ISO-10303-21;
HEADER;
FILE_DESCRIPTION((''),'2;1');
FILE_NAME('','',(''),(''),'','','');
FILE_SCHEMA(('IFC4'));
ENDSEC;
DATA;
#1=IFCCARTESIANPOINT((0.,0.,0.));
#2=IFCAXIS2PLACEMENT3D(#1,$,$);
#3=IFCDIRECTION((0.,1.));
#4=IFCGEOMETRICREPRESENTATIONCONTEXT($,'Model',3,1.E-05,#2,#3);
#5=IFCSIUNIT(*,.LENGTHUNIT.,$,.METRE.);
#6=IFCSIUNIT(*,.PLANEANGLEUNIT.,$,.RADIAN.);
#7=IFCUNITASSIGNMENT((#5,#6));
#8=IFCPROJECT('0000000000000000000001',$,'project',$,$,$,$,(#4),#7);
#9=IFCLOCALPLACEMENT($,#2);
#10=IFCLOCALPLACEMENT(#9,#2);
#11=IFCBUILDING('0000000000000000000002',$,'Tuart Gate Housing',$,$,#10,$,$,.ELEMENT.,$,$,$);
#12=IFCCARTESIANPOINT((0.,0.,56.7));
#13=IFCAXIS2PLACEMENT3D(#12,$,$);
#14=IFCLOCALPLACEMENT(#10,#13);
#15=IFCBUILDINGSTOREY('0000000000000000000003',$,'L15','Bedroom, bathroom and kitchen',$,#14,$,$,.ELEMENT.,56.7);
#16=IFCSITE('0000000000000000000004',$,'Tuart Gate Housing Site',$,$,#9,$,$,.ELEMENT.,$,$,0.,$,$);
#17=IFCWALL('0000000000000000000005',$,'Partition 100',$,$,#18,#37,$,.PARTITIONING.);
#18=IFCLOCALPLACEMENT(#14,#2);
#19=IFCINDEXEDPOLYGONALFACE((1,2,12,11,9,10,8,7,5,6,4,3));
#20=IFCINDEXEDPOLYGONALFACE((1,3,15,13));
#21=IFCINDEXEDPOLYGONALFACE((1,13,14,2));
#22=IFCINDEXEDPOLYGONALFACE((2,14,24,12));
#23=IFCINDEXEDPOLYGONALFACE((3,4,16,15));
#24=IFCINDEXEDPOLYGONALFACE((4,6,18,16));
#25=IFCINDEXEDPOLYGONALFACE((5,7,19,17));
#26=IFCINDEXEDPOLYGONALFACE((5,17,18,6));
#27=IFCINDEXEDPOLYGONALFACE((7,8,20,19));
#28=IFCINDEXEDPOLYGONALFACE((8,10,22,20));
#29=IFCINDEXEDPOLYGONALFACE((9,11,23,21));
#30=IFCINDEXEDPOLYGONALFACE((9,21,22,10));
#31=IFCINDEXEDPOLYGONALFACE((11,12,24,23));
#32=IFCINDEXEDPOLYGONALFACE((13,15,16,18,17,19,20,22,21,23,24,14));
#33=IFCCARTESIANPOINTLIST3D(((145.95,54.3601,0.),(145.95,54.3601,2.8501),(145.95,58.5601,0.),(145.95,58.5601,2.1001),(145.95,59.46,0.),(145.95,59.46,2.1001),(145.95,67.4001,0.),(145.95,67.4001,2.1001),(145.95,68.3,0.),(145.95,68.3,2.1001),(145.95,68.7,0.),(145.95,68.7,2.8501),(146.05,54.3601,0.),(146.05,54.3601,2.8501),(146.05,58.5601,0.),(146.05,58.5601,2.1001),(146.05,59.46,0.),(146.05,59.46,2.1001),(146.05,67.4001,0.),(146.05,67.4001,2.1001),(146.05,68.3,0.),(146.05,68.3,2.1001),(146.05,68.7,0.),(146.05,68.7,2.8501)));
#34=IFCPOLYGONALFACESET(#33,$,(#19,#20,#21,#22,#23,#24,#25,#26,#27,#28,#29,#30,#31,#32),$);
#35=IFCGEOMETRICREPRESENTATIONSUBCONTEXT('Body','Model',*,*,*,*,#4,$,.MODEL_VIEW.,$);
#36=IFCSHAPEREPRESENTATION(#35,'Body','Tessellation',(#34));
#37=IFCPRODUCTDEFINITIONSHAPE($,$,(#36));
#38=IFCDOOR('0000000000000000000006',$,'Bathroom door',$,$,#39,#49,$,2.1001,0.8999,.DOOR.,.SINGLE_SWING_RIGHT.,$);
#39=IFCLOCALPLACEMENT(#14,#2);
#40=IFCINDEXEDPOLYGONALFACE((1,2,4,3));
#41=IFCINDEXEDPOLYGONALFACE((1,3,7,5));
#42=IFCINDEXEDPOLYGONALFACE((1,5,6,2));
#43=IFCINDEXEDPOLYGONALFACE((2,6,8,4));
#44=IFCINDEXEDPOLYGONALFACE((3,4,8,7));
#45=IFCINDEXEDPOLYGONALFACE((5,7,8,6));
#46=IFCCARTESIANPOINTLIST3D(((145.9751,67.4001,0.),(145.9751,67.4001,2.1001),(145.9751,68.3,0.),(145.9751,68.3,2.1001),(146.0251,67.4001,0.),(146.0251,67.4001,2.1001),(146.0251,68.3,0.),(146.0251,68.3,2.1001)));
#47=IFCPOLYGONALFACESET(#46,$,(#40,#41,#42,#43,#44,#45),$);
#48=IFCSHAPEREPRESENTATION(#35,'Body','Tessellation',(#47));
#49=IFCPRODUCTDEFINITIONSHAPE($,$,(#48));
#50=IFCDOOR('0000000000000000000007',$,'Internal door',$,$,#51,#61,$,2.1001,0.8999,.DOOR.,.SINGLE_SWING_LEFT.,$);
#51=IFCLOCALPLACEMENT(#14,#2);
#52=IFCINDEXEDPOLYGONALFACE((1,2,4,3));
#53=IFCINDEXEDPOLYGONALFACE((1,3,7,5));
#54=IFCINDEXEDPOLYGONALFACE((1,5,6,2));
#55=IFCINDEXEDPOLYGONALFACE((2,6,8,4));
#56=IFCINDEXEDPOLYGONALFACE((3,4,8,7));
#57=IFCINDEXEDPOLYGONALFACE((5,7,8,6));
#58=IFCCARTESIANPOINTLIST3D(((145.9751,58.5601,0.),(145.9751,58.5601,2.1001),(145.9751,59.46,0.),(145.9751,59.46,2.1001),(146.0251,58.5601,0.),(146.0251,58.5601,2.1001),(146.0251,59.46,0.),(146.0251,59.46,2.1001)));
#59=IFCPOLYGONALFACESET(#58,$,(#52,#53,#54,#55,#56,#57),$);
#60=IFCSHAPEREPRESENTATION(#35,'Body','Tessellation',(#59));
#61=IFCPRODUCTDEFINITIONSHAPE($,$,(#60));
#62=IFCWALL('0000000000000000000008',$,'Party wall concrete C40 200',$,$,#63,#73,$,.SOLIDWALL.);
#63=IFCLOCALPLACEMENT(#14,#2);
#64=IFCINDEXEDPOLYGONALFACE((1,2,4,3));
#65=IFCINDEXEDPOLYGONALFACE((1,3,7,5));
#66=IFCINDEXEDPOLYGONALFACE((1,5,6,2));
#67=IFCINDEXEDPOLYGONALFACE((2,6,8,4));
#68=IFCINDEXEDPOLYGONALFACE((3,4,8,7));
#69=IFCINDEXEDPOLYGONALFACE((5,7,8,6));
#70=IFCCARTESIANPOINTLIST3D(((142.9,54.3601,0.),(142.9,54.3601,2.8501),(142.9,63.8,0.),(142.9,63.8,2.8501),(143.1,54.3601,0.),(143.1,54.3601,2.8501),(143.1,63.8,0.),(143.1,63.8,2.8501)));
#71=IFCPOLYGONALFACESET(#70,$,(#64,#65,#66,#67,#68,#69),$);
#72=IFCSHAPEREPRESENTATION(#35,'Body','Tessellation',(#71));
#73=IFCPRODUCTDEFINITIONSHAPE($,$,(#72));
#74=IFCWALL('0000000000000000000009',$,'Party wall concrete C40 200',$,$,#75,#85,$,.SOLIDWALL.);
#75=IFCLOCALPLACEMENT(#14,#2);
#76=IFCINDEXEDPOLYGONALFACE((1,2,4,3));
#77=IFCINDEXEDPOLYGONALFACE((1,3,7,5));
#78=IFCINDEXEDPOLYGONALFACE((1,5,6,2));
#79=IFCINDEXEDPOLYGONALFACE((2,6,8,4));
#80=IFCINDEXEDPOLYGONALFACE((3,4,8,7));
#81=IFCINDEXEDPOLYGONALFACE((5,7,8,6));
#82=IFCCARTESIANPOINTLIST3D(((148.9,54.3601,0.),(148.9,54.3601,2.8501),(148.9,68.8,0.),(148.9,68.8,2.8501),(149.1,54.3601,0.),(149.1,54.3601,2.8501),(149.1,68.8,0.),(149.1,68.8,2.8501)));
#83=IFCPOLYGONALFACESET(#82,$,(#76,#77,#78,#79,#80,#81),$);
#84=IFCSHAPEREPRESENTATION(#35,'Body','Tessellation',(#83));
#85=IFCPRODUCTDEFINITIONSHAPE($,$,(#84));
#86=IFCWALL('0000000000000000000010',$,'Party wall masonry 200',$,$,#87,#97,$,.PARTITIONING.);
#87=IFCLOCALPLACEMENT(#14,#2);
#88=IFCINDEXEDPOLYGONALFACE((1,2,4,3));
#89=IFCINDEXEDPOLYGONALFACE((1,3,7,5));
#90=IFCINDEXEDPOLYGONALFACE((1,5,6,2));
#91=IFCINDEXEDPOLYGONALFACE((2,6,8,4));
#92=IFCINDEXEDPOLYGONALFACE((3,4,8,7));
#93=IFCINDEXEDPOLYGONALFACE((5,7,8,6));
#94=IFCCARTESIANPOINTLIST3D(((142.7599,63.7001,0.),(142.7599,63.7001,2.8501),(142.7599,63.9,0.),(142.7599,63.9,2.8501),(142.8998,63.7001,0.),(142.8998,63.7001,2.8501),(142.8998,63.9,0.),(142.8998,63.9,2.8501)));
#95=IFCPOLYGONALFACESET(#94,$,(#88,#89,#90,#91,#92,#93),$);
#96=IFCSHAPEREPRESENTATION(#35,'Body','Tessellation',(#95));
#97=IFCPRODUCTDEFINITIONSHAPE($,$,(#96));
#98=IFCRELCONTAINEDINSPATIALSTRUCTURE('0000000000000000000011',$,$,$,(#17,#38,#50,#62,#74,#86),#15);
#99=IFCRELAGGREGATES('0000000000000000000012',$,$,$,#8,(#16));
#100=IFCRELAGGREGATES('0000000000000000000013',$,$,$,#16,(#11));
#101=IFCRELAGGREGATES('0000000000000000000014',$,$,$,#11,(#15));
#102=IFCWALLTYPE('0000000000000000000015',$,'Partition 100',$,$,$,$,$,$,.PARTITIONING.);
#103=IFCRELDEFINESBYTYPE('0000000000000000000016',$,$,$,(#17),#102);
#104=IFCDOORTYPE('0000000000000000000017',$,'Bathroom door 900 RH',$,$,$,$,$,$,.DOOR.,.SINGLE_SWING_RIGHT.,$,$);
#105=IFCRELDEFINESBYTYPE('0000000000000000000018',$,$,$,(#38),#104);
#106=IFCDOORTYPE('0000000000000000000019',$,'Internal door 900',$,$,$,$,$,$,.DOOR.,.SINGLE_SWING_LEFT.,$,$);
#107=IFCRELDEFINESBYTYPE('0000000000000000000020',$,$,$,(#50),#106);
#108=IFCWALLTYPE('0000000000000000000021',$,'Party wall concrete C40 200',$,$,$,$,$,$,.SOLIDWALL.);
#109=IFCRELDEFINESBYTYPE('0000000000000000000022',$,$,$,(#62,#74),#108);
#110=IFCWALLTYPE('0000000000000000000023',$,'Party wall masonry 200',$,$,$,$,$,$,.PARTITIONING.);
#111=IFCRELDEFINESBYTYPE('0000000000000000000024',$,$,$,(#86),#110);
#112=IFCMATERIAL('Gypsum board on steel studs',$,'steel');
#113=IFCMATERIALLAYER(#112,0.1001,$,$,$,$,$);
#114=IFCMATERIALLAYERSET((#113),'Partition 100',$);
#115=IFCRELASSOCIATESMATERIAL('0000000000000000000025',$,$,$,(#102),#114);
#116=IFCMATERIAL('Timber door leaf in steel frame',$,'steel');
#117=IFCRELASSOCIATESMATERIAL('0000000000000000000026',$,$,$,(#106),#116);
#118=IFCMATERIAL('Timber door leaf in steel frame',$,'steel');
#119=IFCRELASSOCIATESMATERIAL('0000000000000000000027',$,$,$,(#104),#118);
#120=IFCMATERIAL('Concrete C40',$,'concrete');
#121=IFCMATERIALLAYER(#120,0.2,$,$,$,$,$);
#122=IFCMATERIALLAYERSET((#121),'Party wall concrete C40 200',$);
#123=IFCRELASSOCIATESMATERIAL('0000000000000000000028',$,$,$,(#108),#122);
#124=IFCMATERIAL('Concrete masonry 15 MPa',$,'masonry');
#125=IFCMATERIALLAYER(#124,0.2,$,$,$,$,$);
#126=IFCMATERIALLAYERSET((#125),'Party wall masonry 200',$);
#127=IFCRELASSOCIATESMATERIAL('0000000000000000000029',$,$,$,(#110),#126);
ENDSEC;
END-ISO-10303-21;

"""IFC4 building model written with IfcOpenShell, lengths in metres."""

from ifc_helpers import new_model, si_unit, direction, frame, frame_2d, origin, place, context, subcontext, project, spatial, rectangle, extrude, material, layer, layer_set, type_object, element, fill, save


model = new_model("IFC4")

# Units and contexts
model_context = context("Model", 3, precision=1e-05, world=origin(), true_north=direction((0.0, 1.0)))
body_context = subcontext(model_context, "Body", "Model", "MODEL_VIEW")
ifc_project = project(units=[si_unit("LENGTHUNIT", "METRE"), si_unit("PLANEANGLEUNIT", "RADIAN")], contexts=[model_context])

# Site, building, storey
site_placement = place(None, origin())
site = spatial("IfcSite", under=ifc_project, at=site_placement, Name="Tuart Gate Housing Site", CompositionType="ELEMENT", RefElevation=0.0)
building_placement = place(site_placement, origin())
building = spatial("IfcBuilding", under=site, at=building_placement, Name="Tuart Gate Housing", CompositionType="ELEMENT")
storey_placement = place(building_placement, frame((0.0, 0.0, 56.7)))
storey = spatial("IfcBuildingStorey", under=building, at=storey_placement, Name="L15", Description="Bedroom, bathroom and kitchen", CompositionType="ELEMENT", Elevation=56.7)

# Shared definitions
ifc_material_1 = material(Name="Gypsum board on steel studs", Category="steel")
ifc_layer_1 = layer(ifc_material_1, 0.1001)
ifc_layer_set_1 = layer_set([ifc_layer_1], Name="Partition 100")
wall_type_1 = type_object("IfcWallType", Name="Partition 100", PredefinedType="PARTITIONING", material=ifc_layer_set_1)

# Shared definitions
ifc_material_2 = material(Name="Timber door leaf in steel frame", Category="steel")
door_type_1 = type_object("IfcDoorType", Name="Internal door 900", OperationType="SINGLE_SWING_LEFT", PredefinedType="DOOR", material=ifc_material_2)

# Wall, openings, doors
wall_1_placement = place(storey_placement, frame((146.0, 54.3601, 0.0), z_axis=(0.0, 0.0, 1.0), x_axis=(0.0, 1.0, 0.0)))
wall_1 = element("IfcWall", 1, at=wall_1_placement, inside=storey, type_object=wall_type_1, Name="Partition 100", PredefinedType="PARTITIONING", context=body_context, shape_type="SweptSolid", body=[
    extrude(rectangle(XDim=14.3398, YDim=0.1001, at=frame_2d((7.1699, 0.0))), origin(), (0.0, 0.0, 1.0), 2.8501),
])
opening_1_placement = place(wall_1_placement, frame((4.2, 0.0, 0.0)))
opening_1 = element("IfcOpeningElement", 2, at=opening_1_placement, cuts=wall_1, PredefinedType="OPENING", context=body_context, shape_type="SweptSolid", body=[
    extrude(rectangle(XDim=0.8999, YDim=2.1001, at=frame_2d((0.45, 1.05))), frame((0.0, 0.0601, 0.0), z_axis=(0.0, -1.0, 0.0), x_axis=(1.0, 0.0, 0.0)), (0.0, 0.0, 1.0), 0.1201),
])
opening_2_placement = place(wall_1_placement, frame((13.04, 0.0, 0.0)))
opening_2 = element("IfcOpeningElement", 3, at=opening_2_placement, cuts=wall_1, PredefinedType="OPENING", context=body_context, shape_type="SweptSolid", body=[
    extrude(rectangle(XDim=0.8999, YDim=2.1001, at=frame_2d((0.45, 1.05))), frame((0.0, 0.0601, 0.0), z_axis=(0.0, -1.0, 0.0), x_axis=(1.0, 0.0, 0.0)), (0.0, 0.0, 1.0), 0.1201),
])
ifc_material_3 = material(Name="Timber door leaf in steel frame", Category="steel")
door_type_2 = type_object("IfcDoorType", Name="Bathroom door 900 RH", OperationType="SINGLE_SWING_RIGHT", PredefinedType="DOOR", material=ifc_material_3)
door_1_placement = place(opening_2_placement, origin())
door_1 = element("IfcDoor", 4, at=door_1_placement, inside=storey, type_object=door_type_2, Name="Bathroom door", OperationType="SINGLE_SWING_RIGHT", OverallHeight=2.1001, OverallWidth=0.8999, PredefinedType="DOOR", context=body_context, shape_type="SweptSolid", body=[
    extrude(rectangle(XDim=0.8999, YDim=2.1001, at=frame_2d((0.45, 1.05))), frame((0.0, 0.0249, 0.0), z_axis=(0.0, -1.0, 0.0), x_axis=(1.0, 0.0, 0.0)), (0.0, 0.0, 1.0), 0.05),
])
fill(opening_2, door_1)
door_2_placement = place(opening_1_placement, origin())
door_2 = element("IfcDoor", 5, at=door_2_placement, inside=storey, type_object=door_type_1, Name="Internal door", OperationType="SINGLE_SWING_LEFT", OverallHeight=2.1001, OverallWidth=0.8999, PredefinedType="DOOR", context=body_context, shape_type="SweptSolid", body=[
    extrude(rectangle(XDim=0.8999, YDim=2.1001, at=frame_2d((0.45, 1.05))), frame((0.0, 0.0249, 0.0), z_axis=(0.0, -1.0, 0.0), x_axis=(1.0, 0.0, 0.0)), (0.0, 0.0, 1.0), 0.05),
])
fill(opening_1, door_2)

# Walls
ifc_material_4 = material(Name="Concrete C40", Category="concrete")
ifc_layer_2 = layer(ifc_material_4, 0.2)
ifc_layer_set_2 = layer_set([ifc_layer_2], Name="Party wall concrete C40 200")
wall_type_2 = type_object("IfcWallType", Name="Party wall concrete C40 200", PredefinedType="SOLIDWALL", material=ifc_layer_set_2)
wall_2_placement = place(storey_placement, frame((143.0, 54.3601, 0.0), z_axis=(0.0, 0.0, 1.0), x_axis=(0.0, 1.0, 0.0)))
element("IfcWall", 6, at=wall_2_placement, inside=storey, type_object=wall_type_2, Name="Party wall concrete C40 200", PredefinedType="SOLIDWALL", context=body_context, shape_type="SweptSolid", body=[
    extrude(rectangle(XDim=9.4399, YDim=0.2, at=frame_2d((4.72, 0.0))), origin(), (0.0, 0.0, 1.0), 2.8501),
])
wall_3_placement = place(storey_placement, frame((149.0, 54.3601, 0.0), z_axis=(0.0, 0.0, 1.0), x_axis=(0.0, 1.0, 0.0)))
element("IfcWall", 7, at=wall_3_placement, inside=storey, type_object=wall_type_2, Name="Party wall concrete C40 200", PredefinedType="SOLIDWALL", context=body_context, shape_type="SweptSolid", body=[
    extrude(rectangle(XDim=14.4399, YDim=0.2, at=frame_2d((7.22, 0.0))), origin(), (0.0, 0.0, 1.0), 2.8501),
])
ifc_material_5 = material(Name="Concrete masonry 15 MPa", Category="masonry")
ifc_layer_3 = layer(ifc_material_5, 0.2)
ifc_layer_set_3 = layer_set([ifc_layer_3], Name="Party wall masonry 200")
wall_type_3 = type_object("IfcWallType", Name="Party wall masonry 200", PredefinedType="PARTITIONING", material=ifc_layer_set_3)
wall_4_placement = place(storey_placement, frame((142.76, 63.8, 0.0), z_axis=(0.0, 0.0, 1.0), x_axis=(1.0, 0.0, 0.0)))
element("IfcWall", 8, at=wall_4_placement, inside=storey, type_object=wall_type_3, Name="Party wall masonry 200", PredefinedType="PARTITIONING", context=body_context, shape_type="SweptSolid", body=[
    extrude(rectangle(XDim=0.1399, YDim=0.2, at=frame_2d((0.0698, 0.0))), origin(), (0.0, 0.0, 1.0), 2.8501),
])

save(model, "model.ifc")
